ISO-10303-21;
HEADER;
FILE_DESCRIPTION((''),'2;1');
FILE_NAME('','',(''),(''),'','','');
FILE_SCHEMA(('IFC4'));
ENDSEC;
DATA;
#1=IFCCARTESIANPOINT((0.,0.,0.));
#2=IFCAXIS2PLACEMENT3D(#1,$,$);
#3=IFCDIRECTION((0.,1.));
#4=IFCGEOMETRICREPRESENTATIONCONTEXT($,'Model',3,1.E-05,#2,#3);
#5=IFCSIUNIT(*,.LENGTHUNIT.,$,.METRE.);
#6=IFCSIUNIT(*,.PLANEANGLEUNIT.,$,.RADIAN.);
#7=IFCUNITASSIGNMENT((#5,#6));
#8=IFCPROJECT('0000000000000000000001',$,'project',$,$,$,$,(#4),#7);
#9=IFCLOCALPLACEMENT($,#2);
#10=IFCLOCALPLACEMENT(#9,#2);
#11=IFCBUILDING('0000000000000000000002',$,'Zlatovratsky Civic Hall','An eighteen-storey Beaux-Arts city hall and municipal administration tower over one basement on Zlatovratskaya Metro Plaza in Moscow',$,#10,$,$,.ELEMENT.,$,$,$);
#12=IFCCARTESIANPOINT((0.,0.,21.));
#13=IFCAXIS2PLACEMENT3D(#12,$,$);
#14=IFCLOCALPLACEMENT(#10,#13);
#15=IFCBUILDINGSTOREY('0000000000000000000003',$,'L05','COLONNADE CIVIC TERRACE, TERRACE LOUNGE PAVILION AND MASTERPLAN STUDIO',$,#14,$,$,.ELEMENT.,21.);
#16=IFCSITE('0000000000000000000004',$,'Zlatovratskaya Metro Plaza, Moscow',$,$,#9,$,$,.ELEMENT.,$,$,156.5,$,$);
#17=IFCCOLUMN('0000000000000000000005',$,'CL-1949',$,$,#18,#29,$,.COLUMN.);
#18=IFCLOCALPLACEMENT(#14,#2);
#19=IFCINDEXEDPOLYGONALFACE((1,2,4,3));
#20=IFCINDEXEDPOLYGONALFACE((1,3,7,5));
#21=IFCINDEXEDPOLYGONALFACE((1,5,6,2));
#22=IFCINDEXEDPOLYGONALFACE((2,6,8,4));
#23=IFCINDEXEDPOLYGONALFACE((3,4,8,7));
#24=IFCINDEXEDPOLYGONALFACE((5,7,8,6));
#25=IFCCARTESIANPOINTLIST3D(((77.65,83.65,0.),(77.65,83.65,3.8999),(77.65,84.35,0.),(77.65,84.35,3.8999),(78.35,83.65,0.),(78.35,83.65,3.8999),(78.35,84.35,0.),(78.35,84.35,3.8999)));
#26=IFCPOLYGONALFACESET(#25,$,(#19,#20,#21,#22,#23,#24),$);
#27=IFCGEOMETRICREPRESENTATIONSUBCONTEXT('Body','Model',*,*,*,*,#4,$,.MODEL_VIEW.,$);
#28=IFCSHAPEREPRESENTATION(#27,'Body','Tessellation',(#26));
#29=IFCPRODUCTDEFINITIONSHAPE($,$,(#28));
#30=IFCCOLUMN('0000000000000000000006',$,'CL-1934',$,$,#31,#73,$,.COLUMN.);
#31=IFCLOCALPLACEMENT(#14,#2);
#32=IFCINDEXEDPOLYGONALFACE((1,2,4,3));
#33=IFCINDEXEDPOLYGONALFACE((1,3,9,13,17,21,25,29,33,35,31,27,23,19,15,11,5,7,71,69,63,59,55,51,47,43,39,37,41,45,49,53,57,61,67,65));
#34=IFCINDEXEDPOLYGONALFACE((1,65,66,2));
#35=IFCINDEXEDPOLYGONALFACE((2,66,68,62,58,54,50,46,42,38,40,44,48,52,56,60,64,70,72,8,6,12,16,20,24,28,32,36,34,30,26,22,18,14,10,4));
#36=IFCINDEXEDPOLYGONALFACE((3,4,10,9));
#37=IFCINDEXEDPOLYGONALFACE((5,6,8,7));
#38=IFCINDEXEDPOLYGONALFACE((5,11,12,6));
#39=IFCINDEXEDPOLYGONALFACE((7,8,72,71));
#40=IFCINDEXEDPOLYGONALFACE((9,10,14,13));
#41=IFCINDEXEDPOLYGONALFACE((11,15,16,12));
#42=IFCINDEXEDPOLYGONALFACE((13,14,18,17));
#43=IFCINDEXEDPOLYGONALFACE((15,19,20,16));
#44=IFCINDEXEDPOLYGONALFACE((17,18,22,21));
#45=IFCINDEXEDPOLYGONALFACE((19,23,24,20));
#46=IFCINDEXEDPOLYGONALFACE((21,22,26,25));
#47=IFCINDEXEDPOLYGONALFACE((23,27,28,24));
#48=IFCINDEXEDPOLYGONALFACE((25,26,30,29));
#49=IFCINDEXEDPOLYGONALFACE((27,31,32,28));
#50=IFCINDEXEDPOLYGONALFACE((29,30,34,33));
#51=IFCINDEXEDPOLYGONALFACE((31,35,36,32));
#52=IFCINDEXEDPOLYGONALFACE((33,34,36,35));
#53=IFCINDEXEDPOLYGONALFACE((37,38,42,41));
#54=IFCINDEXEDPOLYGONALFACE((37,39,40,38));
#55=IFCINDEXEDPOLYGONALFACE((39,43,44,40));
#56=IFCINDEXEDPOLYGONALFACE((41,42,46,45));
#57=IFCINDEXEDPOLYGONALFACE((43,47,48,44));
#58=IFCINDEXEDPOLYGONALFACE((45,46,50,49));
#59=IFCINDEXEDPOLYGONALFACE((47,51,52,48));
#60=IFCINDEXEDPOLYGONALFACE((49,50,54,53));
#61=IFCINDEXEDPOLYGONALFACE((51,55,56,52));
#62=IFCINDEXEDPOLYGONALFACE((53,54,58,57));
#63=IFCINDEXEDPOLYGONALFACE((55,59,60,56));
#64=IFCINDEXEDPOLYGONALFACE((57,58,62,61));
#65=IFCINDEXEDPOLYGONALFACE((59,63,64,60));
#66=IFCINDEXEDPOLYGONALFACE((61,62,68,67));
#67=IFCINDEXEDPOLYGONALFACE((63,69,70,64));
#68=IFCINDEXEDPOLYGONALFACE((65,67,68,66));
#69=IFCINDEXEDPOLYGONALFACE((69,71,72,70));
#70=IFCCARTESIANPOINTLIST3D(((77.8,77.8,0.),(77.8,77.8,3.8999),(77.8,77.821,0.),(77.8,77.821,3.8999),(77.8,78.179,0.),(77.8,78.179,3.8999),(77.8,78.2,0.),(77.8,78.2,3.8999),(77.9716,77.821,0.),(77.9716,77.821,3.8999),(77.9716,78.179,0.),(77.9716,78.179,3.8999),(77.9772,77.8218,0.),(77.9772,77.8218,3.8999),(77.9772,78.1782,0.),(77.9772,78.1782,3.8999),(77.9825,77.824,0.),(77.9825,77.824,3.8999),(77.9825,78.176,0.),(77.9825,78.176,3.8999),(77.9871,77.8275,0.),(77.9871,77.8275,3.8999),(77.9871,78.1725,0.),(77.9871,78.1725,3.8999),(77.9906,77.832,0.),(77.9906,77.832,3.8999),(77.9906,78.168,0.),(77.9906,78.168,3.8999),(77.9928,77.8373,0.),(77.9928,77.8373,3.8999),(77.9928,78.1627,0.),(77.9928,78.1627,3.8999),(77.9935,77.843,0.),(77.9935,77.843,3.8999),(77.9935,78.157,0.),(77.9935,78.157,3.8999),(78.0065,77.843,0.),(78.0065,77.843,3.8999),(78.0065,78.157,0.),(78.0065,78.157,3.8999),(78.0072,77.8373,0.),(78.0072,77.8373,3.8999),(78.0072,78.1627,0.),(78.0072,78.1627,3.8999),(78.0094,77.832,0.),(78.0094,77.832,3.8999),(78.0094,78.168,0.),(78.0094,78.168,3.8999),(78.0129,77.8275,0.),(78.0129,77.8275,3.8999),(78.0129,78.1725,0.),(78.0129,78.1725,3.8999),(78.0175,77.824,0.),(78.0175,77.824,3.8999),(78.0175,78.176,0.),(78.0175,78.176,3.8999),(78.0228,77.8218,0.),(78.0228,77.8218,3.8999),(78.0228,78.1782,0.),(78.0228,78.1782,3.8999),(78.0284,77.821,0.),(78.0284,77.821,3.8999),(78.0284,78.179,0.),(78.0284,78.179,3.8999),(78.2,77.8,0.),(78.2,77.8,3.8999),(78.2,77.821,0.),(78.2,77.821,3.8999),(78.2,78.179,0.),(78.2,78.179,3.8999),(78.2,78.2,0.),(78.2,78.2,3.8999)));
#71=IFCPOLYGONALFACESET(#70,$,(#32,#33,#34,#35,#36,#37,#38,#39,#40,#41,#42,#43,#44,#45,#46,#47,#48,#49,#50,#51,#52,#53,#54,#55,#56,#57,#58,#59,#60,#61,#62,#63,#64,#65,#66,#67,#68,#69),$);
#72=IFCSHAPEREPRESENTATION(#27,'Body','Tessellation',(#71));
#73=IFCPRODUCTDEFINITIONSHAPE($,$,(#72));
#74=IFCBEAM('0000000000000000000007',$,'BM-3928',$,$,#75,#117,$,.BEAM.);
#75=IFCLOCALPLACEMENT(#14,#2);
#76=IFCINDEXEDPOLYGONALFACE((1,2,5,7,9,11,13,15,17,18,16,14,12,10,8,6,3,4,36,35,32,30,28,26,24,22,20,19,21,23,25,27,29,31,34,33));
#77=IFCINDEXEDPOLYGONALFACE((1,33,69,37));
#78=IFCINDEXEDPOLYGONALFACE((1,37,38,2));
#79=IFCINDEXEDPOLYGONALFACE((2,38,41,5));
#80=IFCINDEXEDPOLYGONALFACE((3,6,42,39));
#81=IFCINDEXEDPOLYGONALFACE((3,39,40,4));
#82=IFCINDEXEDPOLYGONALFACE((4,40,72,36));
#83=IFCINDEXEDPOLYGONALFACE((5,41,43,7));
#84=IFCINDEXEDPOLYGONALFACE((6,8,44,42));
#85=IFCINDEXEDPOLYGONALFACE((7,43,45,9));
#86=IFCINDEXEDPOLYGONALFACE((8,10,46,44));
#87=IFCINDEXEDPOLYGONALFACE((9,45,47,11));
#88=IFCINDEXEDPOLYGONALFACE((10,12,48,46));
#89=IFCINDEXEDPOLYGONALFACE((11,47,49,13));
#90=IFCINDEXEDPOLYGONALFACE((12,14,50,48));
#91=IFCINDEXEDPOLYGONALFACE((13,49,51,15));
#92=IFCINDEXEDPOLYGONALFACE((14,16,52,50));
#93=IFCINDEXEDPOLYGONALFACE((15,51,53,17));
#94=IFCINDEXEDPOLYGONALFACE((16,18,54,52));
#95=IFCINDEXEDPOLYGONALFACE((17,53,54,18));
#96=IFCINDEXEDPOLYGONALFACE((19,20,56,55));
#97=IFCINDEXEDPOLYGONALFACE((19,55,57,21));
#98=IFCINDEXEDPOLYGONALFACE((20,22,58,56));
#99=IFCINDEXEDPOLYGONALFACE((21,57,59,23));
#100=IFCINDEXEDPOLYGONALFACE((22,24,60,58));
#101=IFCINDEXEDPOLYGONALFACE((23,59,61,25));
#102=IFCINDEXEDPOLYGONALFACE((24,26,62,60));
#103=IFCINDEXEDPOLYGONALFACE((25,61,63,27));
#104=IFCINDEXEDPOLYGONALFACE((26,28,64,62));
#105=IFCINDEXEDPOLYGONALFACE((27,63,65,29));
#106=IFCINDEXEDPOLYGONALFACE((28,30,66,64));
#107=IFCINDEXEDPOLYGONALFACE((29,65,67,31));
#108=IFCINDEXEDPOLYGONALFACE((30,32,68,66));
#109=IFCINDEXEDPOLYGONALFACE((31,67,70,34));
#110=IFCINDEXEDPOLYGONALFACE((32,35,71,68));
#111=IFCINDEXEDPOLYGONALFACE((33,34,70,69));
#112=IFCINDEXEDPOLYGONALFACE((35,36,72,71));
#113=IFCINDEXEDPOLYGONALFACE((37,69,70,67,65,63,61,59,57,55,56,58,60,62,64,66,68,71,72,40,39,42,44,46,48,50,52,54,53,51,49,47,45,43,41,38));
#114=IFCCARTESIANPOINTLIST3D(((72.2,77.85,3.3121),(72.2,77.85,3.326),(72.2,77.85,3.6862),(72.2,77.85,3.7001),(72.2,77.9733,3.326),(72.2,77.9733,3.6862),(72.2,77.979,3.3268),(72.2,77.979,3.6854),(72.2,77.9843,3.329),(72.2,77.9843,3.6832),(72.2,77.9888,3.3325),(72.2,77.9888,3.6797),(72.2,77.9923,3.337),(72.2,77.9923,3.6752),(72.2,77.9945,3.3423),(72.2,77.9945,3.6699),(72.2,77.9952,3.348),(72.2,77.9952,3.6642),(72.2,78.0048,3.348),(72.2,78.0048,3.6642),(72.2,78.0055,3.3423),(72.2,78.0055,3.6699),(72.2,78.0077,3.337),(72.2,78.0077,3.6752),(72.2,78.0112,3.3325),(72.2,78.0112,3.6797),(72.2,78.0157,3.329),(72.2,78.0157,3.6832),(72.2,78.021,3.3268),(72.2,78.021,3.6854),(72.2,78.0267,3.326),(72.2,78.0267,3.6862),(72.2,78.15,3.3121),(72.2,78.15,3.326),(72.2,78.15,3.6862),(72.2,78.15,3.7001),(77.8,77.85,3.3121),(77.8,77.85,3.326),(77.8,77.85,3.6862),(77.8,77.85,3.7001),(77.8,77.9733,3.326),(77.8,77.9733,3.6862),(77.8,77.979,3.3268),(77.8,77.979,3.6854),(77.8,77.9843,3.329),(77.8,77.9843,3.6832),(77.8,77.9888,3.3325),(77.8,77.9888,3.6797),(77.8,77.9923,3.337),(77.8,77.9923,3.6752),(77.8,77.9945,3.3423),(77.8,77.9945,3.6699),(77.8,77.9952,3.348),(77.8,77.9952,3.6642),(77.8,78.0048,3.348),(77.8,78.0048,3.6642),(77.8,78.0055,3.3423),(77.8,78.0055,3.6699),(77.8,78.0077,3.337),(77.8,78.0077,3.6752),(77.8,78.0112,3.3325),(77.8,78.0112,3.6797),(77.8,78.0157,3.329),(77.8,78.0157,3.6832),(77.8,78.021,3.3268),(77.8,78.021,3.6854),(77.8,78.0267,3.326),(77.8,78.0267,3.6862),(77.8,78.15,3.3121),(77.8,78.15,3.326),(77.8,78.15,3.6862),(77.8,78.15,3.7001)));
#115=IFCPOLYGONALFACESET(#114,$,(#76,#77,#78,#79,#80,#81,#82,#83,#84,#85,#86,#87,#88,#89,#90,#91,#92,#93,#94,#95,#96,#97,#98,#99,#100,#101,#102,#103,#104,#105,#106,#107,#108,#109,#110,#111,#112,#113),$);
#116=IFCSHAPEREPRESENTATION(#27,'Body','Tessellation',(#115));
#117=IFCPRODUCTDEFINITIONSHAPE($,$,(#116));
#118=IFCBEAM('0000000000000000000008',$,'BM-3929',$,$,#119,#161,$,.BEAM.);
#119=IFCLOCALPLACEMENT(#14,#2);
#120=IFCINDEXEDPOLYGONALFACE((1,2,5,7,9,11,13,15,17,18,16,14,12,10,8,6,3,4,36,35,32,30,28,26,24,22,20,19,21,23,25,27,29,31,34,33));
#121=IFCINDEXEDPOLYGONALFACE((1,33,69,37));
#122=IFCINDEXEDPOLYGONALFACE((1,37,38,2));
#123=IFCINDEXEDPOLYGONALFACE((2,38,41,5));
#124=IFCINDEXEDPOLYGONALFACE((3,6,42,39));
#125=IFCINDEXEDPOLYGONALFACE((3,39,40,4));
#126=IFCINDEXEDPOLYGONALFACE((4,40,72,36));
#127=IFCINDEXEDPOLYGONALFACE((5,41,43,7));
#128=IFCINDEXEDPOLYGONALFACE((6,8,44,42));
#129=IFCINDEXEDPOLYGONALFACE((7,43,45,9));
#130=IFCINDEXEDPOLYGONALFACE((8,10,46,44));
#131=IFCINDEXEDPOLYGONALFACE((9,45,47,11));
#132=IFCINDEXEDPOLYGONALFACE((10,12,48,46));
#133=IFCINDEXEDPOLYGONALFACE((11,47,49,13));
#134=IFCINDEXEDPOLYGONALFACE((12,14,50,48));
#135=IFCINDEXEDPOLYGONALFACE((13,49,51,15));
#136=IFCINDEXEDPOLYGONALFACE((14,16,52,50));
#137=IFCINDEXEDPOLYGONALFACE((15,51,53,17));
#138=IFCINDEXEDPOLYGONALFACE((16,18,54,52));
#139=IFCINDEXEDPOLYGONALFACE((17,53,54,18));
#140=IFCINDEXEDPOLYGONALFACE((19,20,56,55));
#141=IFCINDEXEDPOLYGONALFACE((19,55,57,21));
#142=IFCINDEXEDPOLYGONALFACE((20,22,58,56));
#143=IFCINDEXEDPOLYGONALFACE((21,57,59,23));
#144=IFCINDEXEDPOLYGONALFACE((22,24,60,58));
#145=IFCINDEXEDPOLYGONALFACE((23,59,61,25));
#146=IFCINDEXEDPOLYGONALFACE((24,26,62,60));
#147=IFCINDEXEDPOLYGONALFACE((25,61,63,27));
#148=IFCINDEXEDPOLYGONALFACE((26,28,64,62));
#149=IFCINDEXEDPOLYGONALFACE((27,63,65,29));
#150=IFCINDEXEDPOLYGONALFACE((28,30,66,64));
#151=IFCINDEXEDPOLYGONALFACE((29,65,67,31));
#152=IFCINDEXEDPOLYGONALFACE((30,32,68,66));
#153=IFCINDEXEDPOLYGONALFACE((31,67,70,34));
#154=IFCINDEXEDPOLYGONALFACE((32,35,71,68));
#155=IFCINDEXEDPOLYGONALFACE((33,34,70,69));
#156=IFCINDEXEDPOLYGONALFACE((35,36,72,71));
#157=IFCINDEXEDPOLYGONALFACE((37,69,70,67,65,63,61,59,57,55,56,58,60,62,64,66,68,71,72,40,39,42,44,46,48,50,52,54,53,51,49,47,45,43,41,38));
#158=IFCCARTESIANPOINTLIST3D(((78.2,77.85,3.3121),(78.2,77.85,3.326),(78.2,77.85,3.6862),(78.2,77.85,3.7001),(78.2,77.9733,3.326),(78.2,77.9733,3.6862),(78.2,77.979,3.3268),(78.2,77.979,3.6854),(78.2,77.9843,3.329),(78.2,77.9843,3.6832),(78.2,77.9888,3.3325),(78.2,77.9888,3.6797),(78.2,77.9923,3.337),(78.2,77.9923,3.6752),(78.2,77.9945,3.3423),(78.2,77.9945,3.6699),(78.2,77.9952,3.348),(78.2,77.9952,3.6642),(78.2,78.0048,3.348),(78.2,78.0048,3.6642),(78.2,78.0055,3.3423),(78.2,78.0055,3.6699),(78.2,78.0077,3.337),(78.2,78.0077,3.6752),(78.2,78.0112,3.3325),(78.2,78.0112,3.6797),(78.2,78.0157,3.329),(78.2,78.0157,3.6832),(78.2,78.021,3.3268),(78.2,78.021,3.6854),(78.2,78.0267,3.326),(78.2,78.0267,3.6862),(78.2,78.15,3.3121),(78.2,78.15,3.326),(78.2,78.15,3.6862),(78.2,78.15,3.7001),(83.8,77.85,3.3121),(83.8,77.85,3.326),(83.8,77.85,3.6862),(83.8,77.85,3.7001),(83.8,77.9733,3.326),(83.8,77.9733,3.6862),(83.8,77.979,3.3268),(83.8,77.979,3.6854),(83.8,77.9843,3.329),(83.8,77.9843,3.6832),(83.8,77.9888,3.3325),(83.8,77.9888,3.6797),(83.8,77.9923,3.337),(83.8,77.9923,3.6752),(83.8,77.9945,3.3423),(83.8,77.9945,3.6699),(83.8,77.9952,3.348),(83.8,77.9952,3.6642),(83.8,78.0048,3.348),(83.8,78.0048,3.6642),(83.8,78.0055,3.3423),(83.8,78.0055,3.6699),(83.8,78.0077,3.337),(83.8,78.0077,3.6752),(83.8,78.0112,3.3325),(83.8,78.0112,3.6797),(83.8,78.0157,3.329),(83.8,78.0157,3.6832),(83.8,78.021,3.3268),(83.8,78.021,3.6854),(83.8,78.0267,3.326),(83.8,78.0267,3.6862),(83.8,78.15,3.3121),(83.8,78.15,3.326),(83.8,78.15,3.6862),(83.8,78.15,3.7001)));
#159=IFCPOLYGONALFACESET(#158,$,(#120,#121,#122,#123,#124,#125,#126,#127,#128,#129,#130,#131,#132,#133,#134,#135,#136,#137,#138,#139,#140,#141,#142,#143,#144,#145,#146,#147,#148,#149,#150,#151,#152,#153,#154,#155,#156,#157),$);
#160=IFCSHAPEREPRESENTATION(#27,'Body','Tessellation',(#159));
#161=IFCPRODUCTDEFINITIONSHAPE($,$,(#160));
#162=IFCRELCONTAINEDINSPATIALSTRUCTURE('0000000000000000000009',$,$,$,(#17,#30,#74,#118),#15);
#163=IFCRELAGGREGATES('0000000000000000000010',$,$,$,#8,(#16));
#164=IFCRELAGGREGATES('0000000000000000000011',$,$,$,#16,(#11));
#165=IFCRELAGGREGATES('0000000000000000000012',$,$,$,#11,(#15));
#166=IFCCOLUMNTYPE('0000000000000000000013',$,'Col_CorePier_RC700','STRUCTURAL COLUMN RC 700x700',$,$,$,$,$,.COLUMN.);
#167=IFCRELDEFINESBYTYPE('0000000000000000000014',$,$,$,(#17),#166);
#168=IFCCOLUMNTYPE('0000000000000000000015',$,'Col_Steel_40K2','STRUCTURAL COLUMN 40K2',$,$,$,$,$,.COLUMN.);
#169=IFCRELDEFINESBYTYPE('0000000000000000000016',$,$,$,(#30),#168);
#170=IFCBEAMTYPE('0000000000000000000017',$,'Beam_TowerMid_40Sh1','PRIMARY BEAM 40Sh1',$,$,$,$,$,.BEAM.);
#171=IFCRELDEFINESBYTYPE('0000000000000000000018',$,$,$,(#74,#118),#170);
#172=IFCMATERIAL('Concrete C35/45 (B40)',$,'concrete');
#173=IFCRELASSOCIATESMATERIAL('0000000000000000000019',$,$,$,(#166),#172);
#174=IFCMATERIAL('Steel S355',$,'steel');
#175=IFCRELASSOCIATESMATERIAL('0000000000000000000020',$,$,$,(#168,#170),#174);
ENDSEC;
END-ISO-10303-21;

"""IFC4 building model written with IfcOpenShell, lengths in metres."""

from ifc_helpers import new_model, si_unit, direction, frame, origin, origin_2d, place, context, subcontext, project, spatial, rectangle, i_section, extrude, material, material_profile, profile_set, type_object, element, save


model = new_model("IFC4")

# Units and contexts
model_context = context("Model", 3, precision=1e-05, world=origin(), true_north=direction((0.0, 1.0)))
body_context = subcontext(model_context, "Body", "Model", "MODEL_VIEW")
ifc_project = project(units=[si_unit("LENGTHUNIT", "METRE"), si_unit("PLANEANGLEUNIT", "RADIAN")], contexts=[model_context])

# Site, building, storey
site_placement = place(None, origin())
site = spatial("IfcSite", under=ifc_project, at=site_placement, Name="Zlatovratskaya Metro Plaza, Moscow", CompositionType="ELEMENT", RefElevation=156.5)
building_placement = place(site_placement, origin())
building = spatial("IfcBuilding", under=site, at=building_placement, Name="Zlatovratsky Civic Hall", Description="An eighteen-storey Beaux-Arts city hall and municipal administration tower over one basement on Zlatovratskaya Metro Plaza in Moscow", CompositionType="ELEMENT")
storey_placement = place(building_placement, frame((0.0, 0.0, 21.0)))
storey = spatial("IfcBuildingStorey", under=building, at=storey_placement, Name="L05", Description="COLONNADE CIVIC TERRACE, TERRACE LOUNGE PAVILION AND MASTERPLAN STUDIO", CompositionType="ELEMENT", Elevation=21.0)

# Columns
ifc_material_1 = material(Name="Concrete C35/45 (B40)", Category="concrete")
ifc_material_profile_1 = material_profile(ifc_material_1, rectangle(XDim=0.7, YDim=0.7, at=origin_2d()), Name="RC 700x700")
ifc_profile_set_1 = profile_set([ifc_material_profile_1], Name="Concrete C35/45 (B40)")
column_type_1 = type_object("IfcColumnType", Name="Col_CorePier_RC700", Description="STRUCTURAL COLUMN RC 700x700", PredefinedType="COLUMN", material=ifc_profile_set_1)
column_1_placement = place(storey_placement, frame((78.0, 84.0, 0.0), z_axis=(0.0, 0.0, 1.0), x_axis=(1.0, 0.0, 0.0)))
element("IfcColumn", 1, at=column_1_placement, inside=storey, type_object=column_type_1, Name="CL-1949", PredefinedType="COLUMN", context=body_context, shape_type="SweptSolid", body=[
    extrude(rectangle(XDim=0.7, YDim=0.7, at=origin_2d()), origin(), (0.0, 0.0, 1.0), 3.8999),
])
ifc_material_2 = material(Name="Steel S355", Category="steel")
ifc_material_profile_2 = material_profile(ifc_material_2, i_section(OverallWidth=0.3999, OverallDepth=0.3999, WebThickness=0.0129, FlangeThickness=0.021, FilletRadius=0.022, at=origin_2d()), Name="40K2")
ifc_profile_set_2 = profile_set([ifc_material_profile_2], Name="Steel S355")
column_type_2 = type_object("IfcColumnType", Name="Col_Steel_40K2", Description="STRUCTURAL COLUMN 40K2", PredefinedType="COLUMN", material=ifc_profile_set_2)
column_2_placement = place(storey_placement, frame((78.0, 78.0, 0.0), z_axis=(0.0, 0.0, 1.0), x_axis=(1.0, 0.0, 0.0)))
element("IfcColumn", 2, at=column_2_placement, inside=storey, type_object=column_type_2, Name="CL-1934", PredefinedType="COLUMN", context=body_context, shape_type="SweptSolid", body=[
    extrude(i_section(OverallWidth=0.3999, OverallDepth=0.3999, WebThickness=0.0129, FlangeThickness=0.021, FilletRadius=0.022, at=origin_2d()), origin(), (0.0, 0.0, 1.0), 3.8999),
])

# Beams
ifc_material_profile_3 = material_profile(ifc_material_2, i_section(OverallWidth=0.3, OverallDepth=0.3879, WebThickness=0.0095, FlangeThickness=0.0139, FilletRadius=0.022, at=origin_2d()), Name="40Sh1")
ifc_profile_set_3 = profile_set([ifc_material_profile_3], Name="Steel S355")
beam_type = type_object("IfcBeamType", Name="Beam_TowerMid_40Sh1", Description="PRIMARY BEAM 40Sh1", PredefinedType="BEAM", material=ifc_profile_set_3)
for number, where, z_axis, x_axis, name in (
    (3, (72.2, 78.0, 3.5061), (1.0, 0.0, 0.0), (0.0, 1.0, 0.0), "BM-3928"),
    (4, (78.2, 78.0, 3.5061), (1.0, 0.0, 0.0), (0.0, 1.0, 0.0), "BM-3929"),
):
    element("IfcBeam", number, at=place(storey_placement, frame(where, z_axis=z_axis, x_axis=x_axis)), inside=storey, type_object=beam_type, Name=name, PredefinedType="BEAM", context=body_context, shape_type="SweptSolid", body=[
        extrude(i_section(OverallWidth=0.3, OverallDepth=0.3879, WebThickness=0.0095, FlangeThickness=0.0139, FilletRadius=0.022, at=origin_2d()), origin(), (0.0, 0.0, 1.0), 5.6001),
    ])

save(model, "model.ifc")
